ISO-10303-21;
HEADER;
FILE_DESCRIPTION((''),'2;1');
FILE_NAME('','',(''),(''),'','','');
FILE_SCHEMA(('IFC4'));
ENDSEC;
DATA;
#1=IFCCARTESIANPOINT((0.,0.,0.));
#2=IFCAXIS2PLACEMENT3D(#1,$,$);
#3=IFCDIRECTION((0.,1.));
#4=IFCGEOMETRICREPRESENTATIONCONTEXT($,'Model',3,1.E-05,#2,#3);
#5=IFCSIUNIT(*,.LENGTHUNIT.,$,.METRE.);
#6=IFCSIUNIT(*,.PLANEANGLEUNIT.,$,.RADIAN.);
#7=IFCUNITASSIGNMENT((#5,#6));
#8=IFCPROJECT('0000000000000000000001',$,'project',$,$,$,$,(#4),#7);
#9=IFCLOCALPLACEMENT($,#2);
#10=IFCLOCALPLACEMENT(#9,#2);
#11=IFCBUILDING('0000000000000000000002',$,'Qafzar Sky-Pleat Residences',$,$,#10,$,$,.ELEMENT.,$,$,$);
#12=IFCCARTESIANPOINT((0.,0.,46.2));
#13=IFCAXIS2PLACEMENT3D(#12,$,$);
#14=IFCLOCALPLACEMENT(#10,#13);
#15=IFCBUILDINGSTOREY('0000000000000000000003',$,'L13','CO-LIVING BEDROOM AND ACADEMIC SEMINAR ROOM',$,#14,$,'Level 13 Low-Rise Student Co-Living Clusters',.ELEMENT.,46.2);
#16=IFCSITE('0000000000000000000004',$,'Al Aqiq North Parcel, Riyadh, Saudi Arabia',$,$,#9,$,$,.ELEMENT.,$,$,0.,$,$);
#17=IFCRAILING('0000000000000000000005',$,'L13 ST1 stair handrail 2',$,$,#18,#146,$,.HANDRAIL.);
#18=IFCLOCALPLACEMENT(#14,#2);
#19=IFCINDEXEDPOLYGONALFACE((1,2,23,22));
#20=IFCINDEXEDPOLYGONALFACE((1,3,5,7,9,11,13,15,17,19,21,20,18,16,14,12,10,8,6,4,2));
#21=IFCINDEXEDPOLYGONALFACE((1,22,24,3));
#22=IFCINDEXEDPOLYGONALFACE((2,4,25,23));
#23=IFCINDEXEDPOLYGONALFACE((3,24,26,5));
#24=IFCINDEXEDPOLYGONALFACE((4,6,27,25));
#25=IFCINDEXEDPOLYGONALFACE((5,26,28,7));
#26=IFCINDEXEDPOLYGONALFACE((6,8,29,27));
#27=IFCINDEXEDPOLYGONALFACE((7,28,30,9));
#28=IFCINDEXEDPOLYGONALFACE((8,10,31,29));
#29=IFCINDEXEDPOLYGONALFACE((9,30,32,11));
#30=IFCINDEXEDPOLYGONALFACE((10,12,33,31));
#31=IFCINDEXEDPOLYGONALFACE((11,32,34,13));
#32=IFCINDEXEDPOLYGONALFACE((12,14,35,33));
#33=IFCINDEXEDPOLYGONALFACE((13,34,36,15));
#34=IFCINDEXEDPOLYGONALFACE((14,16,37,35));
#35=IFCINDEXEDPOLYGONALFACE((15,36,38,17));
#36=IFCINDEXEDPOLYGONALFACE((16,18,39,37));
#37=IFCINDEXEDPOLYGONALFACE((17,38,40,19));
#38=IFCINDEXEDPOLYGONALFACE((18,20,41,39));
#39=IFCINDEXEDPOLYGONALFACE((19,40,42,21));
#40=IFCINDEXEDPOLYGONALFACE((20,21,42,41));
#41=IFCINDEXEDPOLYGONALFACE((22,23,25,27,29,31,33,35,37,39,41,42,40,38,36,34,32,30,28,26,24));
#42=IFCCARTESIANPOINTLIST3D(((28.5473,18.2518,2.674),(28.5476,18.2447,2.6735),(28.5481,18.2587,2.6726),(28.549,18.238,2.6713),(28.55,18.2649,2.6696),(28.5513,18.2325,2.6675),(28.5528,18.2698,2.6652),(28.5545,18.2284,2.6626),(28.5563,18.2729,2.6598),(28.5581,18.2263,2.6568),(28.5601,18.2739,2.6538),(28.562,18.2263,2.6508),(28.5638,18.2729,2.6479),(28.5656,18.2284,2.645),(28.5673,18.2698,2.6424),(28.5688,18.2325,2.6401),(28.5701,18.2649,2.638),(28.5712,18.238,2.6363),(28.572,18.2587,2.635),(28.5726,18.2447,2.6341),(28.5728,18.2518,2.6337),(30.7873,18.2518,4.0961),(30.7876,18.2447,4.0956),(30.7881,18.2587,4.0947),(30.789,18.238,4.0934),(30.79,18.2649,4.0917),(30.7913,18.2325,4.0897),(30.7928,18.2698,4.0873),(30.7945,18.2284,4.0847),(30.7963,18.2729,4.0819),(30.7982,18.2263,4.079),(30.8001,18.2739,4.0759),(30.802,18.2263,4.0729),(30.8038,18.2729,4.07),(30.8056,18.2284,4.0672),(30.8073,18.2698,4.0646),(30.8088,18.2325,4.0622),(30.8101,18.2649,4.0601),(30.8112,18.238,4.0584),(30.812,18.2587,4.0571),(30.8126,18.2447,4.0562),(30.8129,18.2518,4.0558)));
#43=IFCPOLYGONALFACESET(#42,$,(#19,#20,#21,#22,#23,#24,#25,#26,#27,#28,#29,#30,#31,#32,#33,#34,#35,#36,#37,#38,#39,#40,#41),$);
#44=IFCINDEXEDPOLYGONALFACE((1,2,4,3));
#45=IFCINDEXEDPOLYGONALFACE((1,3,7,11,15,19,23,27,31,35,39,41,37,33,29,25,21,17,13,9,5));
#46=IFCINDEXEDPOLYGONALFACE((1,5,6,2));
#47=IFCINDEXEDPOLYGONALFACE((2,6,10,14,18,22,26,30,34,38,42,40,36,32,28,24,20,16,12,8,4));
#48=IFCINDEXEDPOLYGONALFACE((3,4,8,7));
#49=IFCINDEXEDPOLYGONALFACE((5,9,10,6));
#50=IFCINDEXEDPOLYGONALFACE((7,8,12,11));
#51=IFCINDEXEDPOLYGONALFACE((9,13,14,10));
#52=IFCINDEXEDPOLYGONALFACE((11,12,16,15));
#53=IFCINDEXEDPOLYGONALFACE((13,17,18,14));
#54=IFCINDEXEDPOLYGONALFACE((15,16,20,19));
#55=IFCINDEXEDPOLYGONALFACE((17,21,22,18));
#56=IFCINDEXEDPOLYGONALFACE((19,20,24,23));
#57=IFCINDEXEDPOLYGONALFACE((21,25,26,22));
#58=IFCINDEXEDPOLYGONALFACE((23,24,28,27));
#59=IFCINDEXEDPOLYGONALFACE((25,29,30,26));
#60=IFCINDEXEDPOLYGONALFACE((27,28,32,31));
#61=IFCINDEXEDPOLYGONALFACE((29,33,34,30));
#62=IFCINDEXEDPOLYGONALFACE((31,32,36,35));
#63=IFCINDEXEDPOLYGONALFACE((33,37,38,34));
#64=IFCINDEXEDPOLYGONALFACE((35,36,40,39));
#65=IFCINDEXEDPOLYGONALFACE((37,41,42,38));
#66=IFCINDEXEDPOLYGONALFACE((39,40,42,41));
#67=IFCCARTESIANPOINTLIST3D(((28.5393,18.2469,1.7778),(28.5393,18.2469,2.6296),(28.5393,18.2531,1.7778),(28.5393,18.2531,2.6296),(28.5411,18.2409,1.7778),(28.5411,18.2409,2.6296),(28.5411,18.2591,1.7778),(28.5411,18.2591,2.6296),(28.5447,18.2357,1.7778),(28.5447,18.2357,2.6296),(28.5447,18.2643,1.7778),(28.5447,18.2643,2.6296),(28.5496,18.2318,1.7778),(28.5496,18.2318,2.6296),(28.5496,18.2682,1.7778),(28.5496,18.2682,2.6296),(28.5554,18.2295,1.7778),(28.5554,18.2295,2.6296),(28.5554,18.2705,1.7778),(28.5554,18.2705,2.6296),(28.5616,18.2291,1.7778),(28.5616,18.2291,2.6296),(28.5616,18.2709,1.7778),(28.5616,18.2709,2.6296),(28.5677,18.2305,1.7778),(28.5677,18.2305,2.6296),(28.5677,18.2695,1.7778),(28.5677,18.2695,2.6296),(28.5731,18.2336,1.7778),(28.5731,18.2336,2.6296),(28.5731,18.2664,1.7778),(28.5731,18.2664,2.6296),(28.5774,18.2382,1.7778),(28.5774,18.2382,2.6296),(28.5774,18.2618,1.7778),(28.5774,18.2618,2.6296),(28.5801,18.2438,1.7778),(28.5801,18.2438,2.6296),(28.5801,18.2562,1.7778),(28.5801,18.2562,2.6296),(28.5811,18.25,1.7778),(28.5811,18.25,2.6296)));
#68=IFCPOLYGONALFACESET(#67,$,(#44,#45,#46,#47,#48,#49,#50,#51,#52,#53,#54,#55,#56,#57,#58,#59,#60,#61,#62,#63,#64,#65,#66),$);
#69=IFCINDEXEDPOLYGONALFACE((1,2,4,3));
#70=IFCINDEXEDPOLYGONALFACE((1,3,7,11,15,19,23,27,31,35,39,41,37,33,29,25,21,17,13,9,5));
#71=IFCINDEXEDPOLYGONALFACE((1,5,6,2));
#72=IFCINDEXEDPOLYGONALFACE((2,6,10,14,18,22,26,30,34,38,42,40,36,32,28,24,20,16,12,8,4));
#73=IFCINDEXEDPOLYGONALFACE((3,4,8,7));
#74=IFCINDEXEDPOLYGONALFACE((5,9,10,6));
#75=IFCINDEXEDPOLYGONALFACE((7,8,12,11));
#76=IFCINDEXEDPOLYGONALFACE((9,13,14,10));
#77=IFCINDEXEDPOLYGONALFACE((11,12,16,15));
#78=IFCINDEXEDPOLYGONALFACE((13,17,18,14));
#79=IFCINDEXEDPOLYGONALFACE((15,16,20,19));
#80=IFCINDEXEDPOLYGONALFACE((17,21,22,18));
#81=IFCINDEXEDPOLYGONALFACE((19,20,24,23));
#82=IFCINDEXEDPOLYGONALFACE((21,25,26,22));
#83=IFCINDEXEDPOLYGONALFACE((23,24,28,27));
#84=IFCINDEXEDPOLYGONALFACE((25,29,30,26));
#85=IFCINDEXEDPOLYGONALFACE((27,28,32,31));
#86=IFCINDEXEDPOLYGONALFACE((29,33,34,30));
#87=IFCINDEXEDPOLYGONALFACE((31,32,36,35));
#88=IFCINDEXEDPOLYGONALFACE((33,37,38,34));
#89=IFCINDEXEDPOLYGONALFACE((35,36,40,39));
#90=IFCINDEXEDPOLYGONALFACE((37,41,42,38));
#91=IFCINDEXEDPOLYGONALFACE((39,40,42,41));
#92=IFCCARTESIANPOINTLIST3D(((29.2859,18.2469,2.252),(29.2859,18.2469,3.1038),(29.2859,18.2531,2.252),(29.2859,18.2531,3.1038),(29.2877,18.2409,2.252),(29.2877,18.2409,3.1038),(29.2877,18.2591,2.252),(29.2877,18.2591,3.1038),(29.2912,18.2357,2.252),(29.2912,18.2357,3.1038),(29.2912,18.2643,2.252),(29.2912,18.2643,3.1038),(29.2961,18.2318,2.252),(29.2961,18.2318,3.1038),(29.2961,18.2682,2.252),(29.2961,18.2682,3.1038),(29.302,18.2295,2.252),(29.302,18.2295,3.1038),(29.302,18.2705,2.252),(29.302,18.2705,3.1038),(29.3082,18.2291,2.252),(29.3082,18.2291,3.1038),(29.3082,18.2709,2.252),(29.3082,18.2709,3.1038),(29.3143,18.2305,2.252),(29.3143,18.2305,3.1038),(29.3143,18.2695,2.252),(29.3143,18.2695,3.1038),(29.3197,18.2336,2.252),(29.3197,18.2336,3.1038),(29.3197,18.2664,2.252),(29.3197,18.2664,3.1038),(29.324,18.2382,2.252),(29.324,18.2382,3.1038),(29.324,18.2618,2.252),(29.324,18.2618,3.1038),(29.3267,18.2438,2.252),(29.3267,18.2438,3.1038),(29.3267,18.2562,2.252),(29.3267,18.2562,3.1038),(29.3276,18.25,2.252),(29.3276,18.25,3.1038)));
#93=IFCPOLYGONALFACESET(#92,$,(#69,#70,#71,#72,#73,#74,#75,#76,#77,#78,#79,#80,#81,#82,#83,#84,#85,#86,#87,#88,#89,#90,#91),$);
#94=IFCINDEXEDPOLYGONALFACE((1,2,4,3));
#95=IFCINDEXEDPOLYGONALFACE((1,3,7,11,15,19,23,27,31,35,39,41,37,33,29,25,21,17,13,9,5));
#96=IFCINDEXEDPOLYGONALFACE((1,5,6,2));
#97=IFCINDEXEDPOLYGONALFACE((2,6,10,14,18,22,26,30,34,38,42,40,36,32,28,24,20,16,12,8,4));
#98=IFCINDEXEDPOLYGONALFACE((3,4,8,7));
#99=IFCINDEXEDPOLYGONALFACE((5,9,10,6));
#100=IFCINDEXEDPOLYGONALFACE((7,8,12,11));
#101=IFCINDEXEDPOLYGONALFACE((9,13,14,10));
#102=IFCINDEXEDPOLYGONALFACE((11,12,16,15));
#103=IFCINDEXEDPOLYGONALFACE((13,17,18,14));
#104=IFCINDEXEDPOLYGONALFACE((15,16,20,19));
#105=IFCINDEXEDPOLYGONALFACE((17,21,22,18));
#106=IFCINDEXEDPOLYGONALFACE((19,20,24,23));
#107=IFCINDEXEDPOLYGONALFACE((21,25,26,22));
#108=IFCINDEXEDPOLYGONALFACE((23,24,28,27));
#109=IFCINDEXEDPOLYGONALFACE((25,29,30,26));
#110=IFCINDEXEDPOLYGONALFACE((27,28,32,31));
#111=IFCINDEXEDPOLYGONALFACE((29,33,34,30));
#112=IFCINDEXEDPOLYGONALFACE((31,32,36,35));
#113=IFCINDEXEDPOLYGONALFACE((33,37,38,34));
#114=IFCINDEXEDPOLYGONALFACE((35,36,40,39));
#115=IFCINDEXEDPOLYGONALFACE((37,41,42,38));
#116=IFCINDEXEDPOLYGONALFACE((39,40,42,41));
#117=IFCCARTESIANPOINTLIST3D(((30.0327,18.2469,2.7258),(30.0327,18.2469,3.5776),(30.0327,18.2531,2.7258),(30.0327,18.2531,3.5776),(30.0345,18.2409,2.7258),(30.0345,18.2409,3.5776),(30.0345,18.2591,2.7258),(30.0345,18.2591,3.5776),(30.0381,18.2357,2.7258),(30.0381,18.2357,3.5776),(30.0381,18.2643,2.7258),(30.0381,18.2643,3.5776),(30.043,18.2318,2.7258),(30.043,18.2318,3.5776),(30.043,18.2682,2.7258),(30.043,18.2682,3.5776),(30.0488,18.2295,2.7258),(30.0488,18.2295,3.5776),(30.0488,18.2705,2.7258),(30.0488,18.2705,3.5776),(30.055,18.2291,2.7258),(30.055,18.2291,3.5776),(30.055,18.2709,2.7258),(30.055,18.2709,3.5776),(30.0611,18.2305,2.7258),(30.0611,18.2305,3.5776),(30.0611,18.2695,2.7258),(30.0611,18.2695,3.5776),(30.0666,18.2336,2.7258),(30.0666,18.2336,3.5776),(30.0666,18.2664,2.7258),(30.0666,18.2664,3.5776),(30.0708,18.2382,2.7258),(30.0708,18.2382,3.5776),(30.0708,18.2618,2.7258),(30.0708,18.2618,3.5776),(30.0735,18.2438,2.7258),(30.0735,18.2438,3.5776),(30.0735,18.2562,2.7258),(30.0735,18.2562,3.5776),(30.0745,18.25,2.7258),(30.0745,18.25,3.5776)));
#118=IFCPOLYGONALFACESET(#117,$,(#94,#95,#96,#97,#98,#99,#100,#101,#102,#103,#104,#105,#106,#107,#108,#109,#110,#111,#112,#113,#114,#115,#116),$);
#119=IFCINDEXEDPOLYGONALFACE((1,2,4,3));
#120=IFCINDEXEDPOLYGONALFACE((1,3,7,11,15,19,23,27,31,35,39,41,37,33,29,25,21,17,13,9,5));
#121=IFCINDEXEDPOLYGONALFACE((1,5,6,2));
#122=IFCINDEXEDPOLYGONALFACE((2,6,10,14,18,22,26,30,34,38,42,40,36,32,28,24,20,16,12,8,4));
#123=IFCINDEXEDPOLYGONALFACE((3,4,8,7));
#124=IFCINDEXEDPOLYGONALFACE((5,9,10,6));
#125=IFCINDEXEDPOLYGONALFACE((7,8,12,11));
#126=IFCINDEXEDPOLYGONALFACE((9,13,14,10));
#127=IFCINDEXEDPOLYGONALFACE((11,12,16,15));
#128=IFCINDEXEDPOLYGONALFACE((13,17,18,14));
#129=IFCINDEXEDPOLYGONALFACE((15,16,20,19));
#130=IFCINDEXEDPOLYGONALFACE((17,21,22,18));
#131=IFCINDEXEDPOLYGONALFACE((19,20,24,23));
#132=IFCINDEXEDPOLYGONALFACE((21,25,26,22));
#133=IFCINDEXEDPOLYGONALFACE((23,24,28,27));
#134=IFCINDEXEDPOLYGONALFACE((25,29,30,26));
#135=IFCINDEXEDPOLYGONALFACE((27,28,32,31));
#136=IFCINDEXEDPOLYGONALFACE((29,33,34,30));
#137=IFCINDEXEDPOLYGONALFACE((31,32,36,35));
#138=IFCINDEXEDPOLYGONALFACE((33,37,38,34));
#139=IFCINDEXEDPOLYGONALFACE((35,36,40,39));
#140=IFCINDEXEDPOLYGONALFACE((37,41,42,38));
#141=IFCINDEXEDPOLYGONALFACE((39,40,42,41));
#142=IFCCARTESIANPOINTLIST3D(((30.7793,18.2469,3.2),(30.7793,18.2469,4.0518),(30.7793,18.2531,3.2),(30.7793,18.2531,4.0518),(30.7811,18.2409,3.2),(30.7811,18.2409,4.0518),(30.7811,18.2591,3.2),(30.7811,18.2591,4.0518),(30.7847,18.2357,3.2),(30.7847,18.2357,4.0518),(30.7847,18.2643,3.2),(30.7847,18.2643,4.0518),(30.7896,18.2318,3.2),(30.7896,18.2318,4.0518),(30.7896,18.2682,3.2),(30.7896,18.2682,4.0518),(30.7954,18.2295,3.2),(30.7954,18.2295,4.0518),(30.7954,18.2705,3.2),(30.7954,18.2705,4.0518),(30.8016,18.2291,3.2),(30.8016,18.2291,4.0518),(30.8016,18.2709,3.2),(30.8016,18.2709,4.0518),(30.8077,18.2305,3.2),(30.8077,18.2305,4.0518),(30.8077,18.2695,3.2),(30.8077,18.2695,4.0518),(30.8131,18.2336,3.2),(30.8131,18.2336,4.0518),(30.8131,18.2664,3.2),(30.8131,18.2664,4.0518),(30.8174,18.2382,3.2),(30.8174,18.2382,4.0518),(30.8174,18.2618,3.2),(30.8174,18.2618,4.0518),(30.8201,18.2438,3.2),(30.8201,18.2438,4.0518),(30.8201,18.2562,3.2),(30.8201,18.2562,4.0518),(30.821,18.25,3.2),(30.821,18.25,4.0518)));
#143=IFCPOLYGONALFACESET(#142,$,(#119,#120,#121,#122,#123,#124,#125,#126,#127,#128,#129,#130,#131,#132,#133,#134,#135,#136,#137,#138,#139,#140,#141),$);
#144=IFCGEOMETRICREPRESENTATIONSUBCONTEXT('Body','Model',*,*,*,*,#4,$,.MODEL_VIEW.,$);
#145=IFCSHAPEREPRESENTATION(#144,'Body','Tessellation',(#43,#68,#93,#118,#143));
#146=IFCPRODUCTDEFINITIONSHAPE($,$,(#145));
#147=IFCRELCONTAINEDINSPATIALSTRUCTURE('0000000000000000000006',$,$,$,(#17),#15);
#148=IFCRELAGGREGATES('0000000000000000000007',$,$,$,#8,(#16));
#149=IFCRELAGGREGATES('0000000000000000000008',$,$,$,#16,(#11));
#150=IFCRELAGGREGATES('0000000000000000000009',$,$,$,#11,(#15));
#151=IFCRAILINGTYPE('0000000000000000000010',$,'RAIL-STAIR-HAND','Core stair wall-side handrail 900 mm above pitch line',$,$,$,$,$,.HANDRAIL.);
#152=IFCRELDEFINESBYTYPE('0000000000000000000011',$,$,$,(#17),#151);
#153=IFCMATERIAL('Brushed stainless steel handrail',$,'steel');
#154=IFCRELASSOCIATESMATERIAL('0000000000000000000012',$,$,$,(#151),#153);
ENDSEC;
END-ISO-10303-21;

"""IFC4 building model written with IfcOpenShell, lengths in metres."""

from ifc_helpers import new_model, si_unit, direction, frame, origin, origin_2d, place, context, subcontext, project, spatial, circle, extrude, source, transform, mapped, material, type_object, element, save


model = new_model("IFC4")

# Units and contexts
model_context = context("Model", 3, precision=1e-05, world=origin(), true_north=direction((0.0, 1.0)))
body_context = subcontext(model_context, "Body", "Model", "MODEL_VIEW")
ifc_project = project(units=[si_unit("LENGTHUNIT", "METRE"), si_unit("PLANEANGLEUNIT", "RADIAN")], contexts=[model_context])

# Site, building, storey
site_placement = place(None, origin())
site = spatial("IfcSite", under=ifc_project, at=site_placement, Name="Al Aqiq North Parcel, Riyadh, Saudi Arabia", CompositionType="ELEMENT", RefElevation=0.0)
building_placement = place(site_placement, origin())
building = spatial("IfcBuilding", under=site, at=building_placement, Name="Qafzar Sky-Pleat Residences", CompositionType="ELEMENT")
storey_placement = place(building_placement, frame((0.0, 0.0, 46.2)))
storey = spatial("IfcBuildingStorey", under=building, at=storey_placement, Name="L13", Description="CO-LIVING BEDROOM AND ACADEMIC SEMINAR ROOM", LongName="Level 13 Low-Rise Student Co-Living Clusters", CompositionType="ELEMENT", Elevation=46.2)

# Railing
ifc_material_1 = material(Name="Brushed stainless steel handrail", Category="steel")
railing_type_1 = type_object("IfcRailingType", Name="RAIL-STAIR-HAND", Description="Core stair wall-side handrail 900 mm above pitch line", PredefinedType="HANDRAIL", material=ifc_material_1)
shared_shape_1 = source(origin(), body_context, "Body", "SweptSolid", [
    extrude(circle(Radius=0.0239, at=origin_2d()), frame((0.0, 0.0, 0.876), z_axis=(0.844229, 0.0, 0.535982), x_axis=(0.0, 1.0, 0.0)), (0.0, 0.0, 1.0), 2.6533),
    extrude(circle(Radius=0.021, at=origin_2d()), origin(), (0.0, 0.0, 1.0), 0.8518),
    extrude(circle(Radius=0.021, at=origin_2d()), frame((0.7466, 0.0, 0.4741)), (0.0, 0.0, 1.0), 0.8518),
    extrude(circle(Radius=0.021, at=origin_2d()), frame((1.4934, 0.0, 0.948)), (0.0, 0.0, 1.0), 0.8518),
    extrude(circle(Radius=0.021, at=origin_2d()), frame((2.24, 0.0, 1.4221)), (0.0, 0.0, 1.0), 0.8518),
])
railing_1_placement = place(storey_placement, frame((28.5601, 18.25, 1.7778)))
element("IfcRailing", 1, at=railing_1_placement, inside=storey, type_object=railing_type_1, Name="L13 ST1 stair handrail 2", PredefinedType="HANDRAIL", context=body_context, shape_type="MappedRepresentation", body=[
    mapped(shared_shape_1, transform((0.0, 0.0, 0.0), x_axis=(1.0, 0.0, 0.0), y_axis=(0.0, 1.0, 0.0), z_axis=(0.0, 0.0, 1.0), scale=1.0)),
])

save(model, "model.ifc")
